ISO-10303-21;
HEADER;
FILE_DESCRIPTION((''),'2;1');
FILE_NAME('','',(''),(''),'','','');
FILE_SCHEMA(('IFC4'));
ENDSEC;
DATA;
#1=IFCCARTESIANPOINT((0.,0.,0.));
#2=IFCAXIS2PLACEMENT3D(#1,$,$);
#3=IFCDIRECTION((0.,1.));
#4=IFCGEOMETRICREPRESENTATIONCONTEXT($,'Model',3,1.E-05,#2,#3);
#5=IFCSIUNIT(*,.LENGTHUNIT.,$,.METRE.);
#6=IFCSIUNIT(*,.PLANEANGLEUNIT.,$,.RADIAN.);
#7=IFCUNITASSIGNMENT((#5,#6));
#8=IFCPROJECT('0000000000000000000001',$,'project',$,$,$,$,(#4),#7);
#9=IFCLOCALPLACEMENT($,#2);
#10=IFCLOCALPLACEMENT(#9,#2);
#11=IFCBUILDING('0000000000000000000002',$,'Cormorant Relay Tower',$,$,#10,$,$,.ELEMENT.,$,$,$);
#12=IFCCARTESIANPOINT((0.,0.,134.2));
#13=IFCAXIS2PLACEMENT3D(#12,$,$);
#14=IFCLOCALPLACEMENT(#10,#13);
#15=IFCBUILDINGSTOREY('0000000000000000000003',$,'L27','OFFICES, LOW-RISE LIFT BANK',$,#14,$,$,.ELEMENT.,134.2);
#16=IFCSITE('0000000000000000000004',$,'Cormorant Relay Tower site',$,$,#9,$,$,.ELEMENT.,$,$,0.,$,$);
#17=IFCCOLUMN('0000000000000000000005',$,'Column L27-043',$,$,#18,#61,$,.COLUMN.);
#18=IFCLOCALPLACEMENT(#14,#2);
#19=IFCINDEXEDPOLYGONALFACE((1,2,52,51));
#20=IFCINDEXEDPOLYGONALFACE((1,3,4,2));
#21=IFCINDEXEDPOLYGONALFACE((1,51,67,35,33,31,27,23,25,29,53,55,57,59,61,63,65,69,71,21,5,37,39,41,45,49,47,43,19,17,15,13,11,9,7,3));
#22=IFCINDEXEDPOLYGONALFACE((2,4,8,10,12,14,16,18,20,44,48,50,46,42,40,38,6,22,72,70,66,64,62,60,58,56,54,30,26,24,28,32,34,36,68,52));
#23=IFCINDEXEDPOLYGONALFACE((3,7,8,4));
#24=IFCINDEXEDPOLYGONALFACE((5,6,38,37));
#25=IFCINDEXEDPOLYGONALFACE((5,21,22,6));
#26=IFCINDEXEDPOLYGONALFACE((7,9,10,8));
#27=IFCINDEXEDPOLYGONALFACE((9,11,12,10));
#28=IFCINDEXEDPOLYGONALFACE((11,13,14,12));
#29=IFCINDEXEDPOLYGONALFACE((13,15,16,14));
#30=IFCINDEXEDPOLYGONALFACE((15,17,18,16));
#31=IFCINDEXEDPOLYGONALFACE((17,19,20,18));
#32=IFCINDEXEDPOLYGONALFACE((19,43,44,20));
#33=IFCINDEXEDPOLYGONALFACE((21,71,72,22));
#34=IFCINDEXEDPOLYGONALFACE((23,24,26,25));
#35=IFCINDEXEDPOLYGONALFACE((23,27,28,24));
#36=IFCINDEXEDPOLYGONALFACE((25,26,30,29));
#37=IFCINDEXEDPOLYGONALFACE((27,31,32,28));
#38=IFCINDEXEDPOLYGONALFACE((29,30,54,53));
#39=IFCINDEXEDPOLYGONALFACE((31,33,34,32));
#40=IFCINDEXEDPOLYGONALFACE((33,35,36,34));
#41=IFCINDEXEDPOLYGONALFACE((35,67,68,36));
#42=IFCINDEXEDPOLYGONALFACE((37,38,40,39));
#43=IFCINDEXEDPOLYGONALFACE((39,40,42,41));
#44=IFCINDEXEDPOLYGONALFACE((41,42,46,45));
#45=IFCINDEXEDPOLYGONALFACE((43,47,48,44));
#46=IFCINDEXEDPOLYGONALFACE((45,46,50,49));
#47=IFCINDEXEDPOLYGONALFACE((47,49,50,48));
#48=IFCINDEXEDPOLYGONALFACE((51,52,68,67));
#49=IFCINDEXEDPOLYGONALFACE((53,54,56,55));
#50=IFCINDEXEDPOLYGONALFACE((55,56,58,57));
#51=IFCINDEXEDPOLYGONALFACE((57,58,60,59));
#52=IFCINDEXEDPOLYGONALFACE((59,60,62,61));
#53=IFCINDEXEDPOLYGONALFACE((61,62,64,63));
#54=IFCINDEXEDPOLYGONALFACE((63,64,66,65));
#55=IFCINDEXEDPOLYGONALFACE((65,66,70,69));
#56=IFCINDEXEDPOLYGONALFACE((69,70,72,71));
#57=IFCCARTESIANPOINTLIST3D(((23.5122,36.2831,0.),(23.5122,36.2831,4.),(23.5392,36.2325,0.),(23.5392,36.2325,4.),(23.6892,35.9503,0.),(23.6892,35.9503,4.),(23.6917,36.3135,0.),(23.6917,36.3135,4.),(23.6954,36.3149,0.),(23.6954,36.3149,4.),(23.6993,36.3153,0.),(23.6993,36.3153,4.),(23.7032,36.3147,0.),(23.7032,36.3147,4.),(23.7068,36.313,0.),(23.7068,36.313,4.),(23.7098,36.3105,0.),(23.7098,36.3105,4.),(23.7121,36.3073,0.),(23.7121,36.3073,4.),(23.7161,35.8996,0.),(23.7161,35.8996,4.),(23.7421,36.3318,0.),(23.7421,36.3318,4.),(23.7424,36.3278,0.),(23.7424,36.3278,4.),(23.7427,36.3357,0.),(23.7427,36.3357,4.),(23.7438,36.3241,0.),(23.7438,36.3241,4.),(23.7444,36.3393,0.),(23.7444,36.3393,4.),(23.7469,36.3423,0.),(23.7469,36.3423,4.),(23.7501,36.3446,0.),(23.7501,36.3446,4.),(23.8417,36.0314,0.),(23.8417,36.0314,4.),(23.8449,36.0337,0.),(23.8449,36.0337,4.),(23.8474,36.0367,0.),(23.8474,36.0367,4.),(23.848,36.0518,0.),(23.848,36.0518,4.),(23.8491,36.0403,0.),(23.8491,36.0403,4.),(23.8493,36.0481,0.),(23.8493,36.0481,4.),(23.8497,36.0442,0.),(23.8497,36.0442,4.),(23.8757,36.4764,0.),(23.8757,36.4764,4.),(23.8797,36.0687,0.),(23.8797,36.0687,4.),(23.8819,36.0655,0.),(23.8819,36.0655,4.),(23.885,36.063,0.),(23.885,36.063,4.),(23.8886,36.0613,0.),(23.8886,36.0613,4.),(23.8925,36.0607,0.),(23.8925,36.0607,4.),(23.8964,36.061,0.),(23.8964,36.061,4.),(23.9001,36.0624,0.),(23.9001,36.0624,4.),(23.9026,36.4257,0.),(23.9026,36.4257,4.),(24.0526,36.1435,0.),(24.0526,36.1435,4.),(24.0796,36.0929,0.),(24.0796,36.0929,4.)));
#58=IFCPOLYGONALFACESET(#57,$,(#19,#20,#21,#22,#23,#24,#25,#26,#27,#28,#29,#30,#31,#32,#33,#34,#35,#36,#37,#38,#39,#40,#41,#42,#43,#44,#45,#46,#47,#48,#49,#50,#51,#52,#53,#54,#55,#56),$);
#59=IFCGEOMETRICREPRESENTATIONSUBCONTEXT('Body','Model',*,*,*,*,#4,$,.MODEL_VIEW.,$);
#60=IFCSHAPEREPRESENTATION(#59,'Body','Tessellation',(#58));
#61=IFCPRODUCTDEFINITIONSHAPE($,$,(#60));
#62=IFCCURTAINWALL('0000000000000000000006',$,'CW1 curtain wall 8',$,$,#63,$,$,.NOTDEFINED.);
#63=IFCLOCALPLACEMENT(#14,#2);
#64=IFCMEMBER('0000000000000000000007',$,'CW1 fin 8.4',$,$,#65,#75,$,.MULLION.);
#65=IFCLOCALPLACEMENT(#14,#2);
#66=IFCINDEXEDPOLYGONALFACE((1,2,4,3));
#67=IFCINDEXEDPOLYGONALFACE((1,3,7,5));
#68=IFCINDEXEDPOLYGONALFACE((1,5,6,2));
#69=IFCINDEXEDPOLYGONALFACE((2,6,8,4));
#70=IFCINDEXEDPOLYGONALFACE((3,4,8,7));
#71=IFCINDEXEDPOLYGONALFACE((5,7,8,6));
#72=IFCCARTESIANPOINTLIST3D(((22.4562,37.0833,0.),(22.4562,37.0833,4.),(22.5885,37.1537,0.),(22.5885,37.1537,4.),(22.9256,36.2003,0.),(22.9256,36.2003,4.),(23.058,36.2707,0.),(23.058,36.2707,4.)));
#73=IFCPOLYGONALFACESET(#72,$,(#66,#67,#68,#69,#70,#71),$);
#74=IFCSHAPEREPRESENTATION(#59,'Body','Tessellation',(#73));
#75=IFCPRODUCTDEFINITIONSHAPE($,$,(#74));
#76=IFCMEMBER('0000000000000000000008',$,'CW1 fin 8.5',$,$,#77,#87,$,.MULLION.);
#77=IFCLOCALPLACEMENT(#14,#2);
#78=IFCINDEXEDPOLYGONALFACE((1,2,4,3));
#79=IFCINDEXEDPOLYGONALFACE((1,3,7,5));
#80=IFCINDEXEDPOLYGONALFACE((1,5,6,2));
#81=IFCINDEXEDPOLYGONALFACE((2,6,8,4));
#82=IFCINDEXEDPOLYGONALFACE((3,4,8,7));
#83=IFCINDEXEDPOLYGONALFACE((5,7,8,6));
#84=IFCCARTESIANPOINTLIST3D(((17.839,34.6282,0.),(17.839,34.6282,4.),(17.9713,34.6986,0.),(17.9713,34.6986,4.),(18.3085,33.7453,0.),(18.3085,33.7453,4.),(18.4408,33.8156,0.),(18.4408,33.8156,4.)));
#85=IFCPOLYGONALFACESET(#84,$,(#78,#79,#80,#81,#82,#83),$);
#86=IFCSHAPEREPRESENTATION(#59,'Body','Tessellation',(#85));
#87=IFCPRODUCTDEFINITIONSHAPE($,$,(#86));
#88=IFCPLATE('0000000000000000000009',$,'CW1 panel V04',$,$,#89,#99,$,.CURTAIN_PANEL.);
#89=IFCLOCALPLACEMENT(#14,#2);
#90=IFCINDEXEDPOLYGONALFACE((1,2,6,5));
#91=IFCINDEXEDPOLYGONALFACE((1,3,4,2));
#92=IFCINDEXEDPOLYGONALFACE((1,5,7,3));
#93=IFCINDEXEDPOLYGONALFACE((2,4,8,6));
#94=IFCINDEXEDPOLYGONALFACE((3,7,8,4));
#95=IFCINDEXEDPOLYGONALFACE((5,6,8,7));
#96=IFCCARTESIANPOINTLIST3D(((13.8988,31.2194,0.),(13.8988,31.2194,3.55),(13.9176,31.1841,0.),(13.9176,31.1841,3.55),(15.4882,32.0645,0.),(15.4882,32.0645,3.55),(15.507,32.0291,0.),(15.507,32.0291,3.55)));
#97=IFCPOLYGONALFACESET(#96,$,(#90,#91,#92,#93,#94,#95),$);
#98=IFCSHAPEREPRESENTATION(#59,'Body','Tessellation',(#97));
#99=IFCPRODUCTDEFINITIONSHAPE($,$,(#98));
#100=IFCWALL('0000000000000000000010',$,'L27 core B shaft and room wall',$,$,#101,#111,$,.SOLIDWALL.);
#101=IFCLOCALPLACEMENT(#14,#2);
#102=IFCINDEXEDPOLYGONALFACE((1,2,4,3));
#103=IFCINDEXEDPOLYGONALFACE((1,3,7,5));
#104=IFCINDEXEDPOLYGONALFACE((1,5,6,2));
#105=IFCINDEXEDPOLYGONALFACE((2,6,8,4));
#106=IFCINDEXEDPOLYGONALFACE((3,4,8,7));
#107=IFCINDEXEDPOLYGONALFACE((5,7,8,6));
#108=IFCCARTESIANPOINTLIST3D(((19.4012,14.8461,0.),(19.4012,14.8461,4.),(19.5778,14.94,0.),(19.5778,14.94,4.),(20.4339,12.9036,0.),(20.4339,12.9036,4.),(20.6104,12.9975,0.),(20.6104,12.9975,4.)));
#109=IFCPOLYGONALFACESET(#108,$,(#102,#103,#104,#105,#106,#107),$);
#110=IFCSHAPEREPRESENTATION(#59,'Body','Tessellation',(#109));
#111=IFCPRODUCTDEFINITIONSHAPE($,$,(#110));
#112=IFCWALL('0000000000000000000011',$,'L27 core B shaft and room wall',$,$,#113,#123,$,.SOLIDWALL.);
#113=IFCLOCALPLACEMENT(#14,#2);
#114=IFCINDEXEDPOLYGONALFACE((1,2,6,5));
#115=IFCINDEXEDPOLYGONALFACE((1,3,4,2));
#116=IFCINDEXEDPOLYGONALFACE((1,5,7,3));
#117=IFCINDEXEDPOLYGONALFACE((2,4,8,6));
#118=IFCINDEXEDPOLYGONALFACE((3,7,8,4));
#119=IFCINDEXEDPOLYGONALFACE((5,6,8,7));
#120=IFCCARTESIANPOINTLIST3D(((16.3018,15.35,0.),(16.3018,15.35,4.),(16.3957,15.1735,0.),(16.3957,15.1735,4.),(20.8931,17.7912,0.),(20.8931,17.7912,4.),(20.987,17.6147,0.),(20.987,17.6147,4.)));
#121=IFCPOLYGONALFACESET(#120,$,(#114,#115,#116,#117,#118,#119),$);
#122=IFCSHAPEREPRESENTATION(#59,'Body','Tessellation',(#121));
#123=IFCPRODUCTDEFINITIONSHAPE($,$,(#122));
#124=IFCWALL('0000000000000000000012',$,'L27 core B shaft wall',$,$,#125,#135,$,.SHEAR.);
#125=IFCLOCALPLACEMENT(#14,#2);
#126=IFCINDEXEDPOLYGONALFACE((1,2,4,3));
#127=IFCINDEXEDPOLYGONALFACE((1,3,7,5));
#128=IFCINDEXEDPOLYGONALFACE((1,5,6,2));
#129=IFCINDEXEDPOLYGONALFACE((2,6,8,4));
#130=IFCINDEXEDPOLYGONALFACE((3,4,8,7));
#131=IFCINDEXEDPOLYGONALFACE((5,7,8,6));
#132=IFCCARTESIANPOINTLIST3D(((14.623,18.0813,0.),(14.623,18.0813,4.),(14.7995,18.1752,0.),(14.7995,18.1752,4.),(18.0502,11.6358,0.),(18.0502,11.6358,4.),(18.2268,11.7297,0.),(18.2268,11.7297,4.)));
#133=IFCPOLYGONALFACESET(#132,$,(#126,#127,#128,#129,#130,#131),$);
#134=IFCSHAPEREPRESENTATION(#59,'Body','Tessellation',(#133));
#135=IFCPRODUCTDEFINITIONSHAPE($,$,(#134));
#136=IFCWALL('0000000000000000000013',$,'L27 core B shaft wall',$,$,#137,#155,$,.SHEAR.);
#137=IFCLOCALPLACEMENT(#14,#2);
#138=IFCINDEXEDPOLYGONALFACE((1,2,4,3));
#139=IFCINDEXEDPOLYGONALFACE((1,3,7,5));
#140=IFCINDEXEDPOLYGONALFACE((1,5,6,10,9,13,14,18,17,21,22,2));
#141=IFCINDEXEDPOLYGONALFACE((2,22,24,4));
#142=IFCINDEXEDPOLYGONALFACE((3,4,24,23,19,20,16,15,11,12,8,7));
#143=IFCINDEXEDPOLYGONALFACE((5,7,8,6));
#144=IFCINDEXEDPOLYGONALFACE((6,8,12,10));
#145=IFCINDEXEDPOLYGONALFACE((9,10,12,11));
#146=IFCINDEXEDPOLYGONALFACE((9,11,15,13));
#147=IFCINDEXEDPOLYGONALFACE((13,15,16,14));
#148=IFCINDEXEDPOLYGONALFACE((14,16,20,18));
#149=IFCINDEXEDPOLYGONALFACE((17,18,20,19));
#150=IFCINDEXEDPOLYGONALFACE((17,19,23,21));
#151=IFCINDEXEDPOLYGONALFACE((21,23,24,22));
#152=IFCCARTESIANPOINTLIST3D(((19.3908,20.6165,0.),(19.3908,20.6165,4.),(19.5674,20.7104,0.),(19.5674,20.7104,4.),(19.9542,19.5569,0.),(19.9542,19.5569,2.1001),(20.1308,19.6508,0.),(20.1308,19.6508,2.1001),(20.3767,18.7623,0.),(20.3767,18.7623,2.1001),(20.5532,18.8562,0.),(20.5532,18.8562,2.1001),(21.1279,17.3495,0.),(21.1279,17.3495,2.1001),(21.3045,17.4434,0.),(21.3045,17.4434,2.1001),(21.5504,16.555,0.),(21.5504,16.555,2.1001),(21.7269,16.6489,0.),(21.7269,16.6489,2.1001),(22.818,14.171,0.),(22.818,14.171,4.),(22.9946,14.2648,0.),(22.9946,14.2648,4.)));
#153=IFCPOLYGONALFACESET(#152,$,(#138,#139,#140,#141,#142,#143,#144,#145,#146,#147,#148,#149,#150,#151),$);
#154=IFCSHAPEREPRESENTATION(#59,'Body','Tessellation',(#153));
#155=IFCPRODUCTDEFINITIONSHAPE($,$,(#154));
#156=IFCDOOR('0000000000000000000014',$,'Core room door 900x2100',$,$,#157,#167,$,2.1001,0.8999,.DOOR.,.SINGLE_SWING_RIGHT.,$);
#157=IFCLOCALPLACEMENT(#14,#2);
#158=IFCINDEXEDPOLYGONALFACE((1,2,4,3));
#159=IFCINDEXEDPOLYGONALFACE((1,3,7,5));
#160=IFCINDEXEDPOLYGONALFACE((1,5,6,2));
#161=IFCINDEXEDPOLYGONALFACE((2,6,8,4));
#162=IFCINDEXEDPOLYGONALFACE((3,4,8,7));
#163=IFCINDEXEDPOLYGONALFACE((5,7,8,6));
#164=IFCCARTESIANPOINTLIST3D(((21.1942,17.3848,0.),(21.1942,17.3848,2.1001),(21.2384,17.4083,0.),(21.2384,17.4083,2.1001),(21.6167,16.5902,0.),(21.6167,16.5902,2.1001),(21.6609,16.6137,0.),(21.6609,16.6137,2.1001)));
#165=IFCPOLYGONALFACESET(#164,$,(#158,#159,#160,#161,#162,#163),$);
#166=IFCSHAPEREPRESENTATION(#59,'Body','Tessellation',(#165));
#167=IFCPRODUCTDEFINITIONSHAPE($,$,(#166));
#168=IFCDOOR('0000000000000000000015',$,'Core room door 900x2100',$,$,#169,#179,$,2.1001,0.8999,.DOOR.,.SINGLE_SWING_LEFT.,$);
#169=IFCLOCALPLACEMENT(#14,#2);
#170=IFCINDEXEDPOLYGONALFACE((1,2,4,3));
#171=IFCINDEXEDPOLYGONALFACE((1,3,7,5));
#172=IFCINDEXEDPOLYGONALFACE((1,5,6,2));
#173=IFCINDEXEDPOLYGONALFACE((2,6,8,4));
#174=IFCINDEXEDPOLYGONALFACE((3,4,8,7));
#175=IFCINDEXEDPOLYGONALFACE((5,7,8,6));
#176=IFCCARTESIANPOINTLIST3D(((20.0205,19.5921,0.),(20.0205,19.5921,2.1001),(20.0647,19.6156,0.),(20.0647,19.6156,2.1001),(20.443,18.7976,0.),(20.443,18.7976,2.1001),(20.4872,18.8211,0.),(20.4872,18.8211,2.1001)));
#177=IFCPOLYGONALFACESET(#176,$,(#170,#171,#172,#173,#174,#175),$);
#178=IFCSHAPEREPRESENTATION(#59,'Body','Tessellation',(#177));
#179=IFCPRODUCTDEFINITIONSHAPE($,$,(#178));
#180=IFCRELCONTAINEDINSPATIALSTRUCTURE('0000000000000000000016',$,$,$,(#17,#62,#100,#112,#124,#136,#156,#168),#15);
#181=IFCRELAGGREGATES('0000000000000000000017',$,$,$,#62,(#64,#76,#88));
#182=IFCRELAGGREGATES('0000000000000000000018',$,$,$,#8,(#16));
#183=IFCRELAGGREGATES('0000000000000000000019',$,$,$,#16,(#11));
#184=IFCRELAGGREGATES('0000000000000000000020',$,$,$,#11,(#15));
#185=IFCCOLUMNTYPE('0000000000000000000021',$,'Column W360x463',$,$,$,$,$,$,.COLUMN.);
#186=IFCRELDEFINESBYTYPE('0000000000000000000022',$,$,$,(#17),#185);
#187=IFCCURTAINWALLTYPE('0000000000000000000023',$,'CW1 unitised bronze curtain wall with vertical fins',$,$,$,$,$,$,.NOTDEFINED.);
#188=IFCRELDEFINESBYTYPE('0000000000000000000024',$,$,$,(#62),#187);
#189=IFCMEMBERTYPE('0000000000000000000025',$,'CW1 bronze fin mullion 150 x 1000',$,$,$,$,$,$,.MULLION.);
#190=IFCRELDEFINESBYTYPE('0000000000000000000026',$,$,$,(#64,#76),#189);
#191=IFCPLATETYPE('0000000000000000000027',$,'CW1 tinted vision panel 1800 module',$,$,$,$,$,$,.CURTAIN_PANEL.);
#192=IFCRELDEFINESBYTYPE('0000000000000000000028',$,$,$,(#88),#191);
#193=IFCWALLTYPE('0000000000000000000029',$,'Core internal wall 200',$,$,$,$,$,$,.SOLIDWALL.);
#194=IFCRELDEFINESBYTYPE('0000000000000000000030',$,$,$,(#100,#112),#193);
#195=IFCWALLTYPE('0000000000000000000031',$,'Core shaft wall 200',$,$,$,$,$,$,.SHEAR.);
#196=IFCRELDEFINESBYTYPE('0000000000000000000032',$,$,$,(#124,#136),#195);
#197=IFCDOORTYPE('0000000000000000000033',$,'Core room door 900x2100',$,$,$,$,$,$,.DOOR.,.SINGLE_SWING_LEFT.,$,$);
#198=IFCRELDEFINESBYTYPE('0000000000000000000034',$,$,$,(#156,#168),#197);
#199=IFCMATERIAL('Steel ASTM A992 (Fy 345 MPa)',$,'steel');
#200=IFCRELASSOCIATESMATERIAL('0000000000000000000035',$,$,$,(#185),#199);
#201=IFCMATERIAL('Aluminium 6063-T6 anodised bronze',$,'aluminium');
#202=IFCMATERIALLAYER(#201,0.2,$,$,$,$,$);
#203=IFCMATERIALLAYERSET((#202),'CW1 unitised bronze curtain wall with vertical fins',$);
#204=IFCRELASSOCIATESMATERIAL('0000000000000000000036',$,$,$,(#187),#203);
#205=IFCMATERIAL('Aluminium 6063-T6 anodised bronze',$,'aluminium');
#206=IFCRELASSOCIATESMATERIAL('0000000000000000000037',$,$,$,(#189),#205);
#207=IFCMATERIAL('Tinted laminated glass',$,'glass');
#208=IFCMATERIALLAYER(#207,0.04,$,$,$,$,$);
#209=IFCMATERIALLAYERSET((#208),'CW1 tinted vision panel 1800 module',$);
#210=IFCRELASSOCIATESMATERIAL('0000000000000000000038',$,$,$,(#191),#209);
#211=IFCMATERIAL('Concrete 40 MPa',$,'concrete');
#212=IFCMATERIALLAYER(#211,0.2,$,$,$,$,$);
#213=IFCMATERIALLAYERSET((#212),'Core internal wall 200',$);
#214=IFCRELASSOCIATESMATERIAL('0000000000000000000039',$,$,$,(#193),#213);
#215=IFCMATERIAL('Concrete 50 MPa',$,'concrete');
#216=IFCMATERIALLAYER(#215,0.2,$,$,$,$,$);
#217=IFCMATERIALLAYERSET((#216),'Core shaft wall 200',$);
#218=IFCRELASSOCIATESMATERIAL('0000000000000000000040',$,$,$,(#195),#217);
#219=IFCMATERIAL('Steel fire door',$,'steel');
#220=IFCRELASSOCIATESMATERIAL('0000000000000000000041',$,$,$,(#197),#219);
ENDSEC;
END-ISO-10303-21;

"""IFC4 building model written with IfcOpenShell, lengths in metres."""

from ifc_helpers import new_model, si_unit, direction, frame, frame_2d, origin, origin_2d, place, context, subcontext, project, spatial, rectangle, i_section, extrude, material, layer, layer_set, material_profile, profile_set, type_object, element, fill, aggregate, save


model = new_model("IFC4")

# Units and contexts
model_context = context("Model", 3, precision=1e-05, world=origin(), true_north=direction((0.0, 1.0)))
body_context = subcontext(model_context, "Body", "Model", "MODEL_VIEW")
ifc_project = project(units=[si_unit("LENGTHUNIT", "METRE"), si_unit("PLANEANGLEUNIT", "RADIAN")], contexts=[model_context])

# Site, building, storey
site_placement = place(None, origin())
site = spatial("IfcSite", under=ifc_project, at=site_placement, Name="Cormorant Relay Tower site", CompositionType="ELEMENT", RefElevation=0.0)
building_placement = place(site_placement, origin())
building = spatial("IfcBuilding", under=site, at=building_placement, Name="Cormorant Relay Tower", CompositionType="ELEMENT")
storey_placement = place(building_placement, frame((0.0, 0.0, 134.2)))
storey = spatial("IfcBuildingStorey", under=building, at=storey_placement, Name="L27", Description="OFFICES, LOW-RISE LIFT BANK", CompositionType="ELEMENT", Elevation=134.2)

# Column
ifc_material_1 = material(Name="Steel ASTM A992 (Fy 345 MPa)", Category="steel")
ifc_material_profile_1 = material_profile(ifc_material_1, i_section(OverallWidth=0.4116, OverallDepth=0.4343, WebThickness=0.0359, FlangeThickness=0.0574, FilletRadius=0.0151, at=origin_2d()), Name="W360x463")
ifc_profile_set_1 = profile_set([ifc_material_profile_1], Name="Steel ASTM A992 (Fy 345 MPa)")
column_type = type_object("IfcColumnType", Name="Column W360x463", PredefinedType="COLUMN", material=ifc_profile_set_1)
column_placement = place(storey_placement, frame((23.7959, 36.188, 0.0), z_axis=(0.0, 0.0, 1.0), x_axis=(-0.882948, -0.469472, 0.0)))
element("IfcColumn", 1, at=column_placement, inside=storey, type_object=column_type, Name="Column L27-043", PredefinedType="COLUMN", context=body_context, shape_type="SweptSolid", body=[
    extrude(i_section(OverallWidth=0.4116, OverallDepth=0.4343, WebThickness=0.0359, FlangeThickness=0.0574, FilletRadius=0.0151, at=origin_2d()), origin(), (0.0, 0.0, 1.0), 4.0),
])

# Curtain wall, members, plate
ifc_material_2 = material(Name="Aluminium 6063-T6 anodised bronze", Category="aluminium")
ifc_layer_1 = layer(ifc_material_2, 0.2)
ifc_layer_set_1 = layer_set([ifc_layer_1], Name="CW1 unitised bronze curtain wall with vertical fins")
curtain_wall_type = type_object("IfcCurtainWallType", Name="CW1 unitised bronze curtain wall with vertical fins", PredefinedType="NOTDEFINED", material=ifc_layer_set_1)
curtain_wall_placement = place(storey_placement, origin())
curtain_wall = element("IfcCurtainWall", 2, at=curtain_wall_placement, inside=storey, type_object=curtain_wall_type, Name="CW1 curtain wall 8", PredefinedType="NOTDEFINED")
ifc_material_3 = material(Name="Aluminium 6063-T6 anodised bronze", Category="aluminium")
ifc_material_profile_2 = material_profile(ifc_material_3, rectangle(XDim=0.1499, YDim=1.0, at=origin_2d()), Name="AL 150x1000")
ifc_profile_set_2 = profile_set([ifc_material_profile_2], Name="Aluminium 6063-T6 anodised bronze")
member_type = type_object("IfcMemberType", Name="CW1 bronze fin mullion 150 x 1000", PredefinedType="MULLION", material=ifc_profile_set_2)
member_1_placement = place(storey_placement, frame((22.7571, 36.677, 0.0), z_axis=(0.0, 0.0, 1.0), x_axis=(-0.882948, -0.469472, 0.0)))
member_1 = element("IfcMember", 3, at=member_1_placement, type_object=member_type, Name="CW1 fin 8.4", PredefinedType="MULLION", context=body_context, shape_type="SweptSolid", body=[
    extrude(rectangle(XDim=0.1499, YDim=1.0, at=origin_2d()), origin(), (0.0, 0.0, 1.0), 4.0),
])
member_2_placement = place(storey_placement, frame((18.1399, 34.2219, 0.0), z_axis=(0.0, 0.0, 1.0), x_axis=(-0.882948, -0.469472, 0.0)))
member_2 = element("IfcMember", 4, at=member_2_placement, type_object=member_type, Name="CW1 fin 8.5", PredefinedType="MULLION", context=body_context, shape_type="SweptSolid", body=[
    extrude(rectangle(XDim=0.1499, YDim=1.0, at=origin_2d()), origin(), (0.0, 0.0, 1.0), 4.0),
])
ifc_material_4 = material(Name="Tinted laminated glass", Category="glass")
ifc_layer_2 = layer(ifc_material_4, 0.04)
ifc_layer_set_2 = layer_set([ifc_layer_2], Name="CW1 tinted vision panel 1800 module")
plate_type = type_object("IfcPlateType", Name="CW1 tinted vision panel 1800 module", PredefinedType="CURTAIN_PANEL", material=ifc_layer_set_2)
plate_placement = place(storey_placement, frame((14.7029, 31.6243, 0.0), z_axis=(0.0, 0.0, 1.0), x_axis=(-0.882948, -0.469472, 0.0)))
plate = element("IfcPlate", 5, at=plate_placement, type_object=plate_type, Name="CW1 panel V04", PredefinedType="CURTAIN_PANEL", context=body_context, shape_type="SweptSolid", body=[
    extrude(rectangle(XDim=1.8, YDim=0.04, at=origin_2d()), origin(), (0.0, 0.0, 1.0), 3.55),
])

# Walls
ifc_material_5 = material(Name="Concrete 40 MPa", Category="concrete")
ifc_layer_3 = layer(ifc_material_5, 0.2)
ifc_layer_set_3 = layer_set([ifc_layer_3], Name="Core internal wall 200")
wall_type_1 = type_object("IfcWallType", Name="Core internal wall 200", PredefinedType="SOLIDWALL", material=ifc_layer_set_3)
wall_1_placement = place(storey_placement, frame((20.5222, 12.9504, 0.0), z_axis=(0.0, 0.0, 1.0), x_axis=(-0.469401, 0.882985, 0.0)))
element("IfcWall", 6, at=wall_1_placement, inside=storey, type_object=wall_type_1, Name="L27 core B shaft and room wall", PredefinedType="SOLIDWALL", context=body_context, shape_type="SweptSolid", body=[
    extrude(rectangle(XDim=2.2, YDim=0.2, at=frame_2d((1.1001, 0.0))), origin(), (0.0, 0.0, 1.0), 4.0),
])
wall_2_placement = place(storey_placement, frame((16.3486, 15.2617, 0.0), z_axis=(0.0, 0.0, 1.0), x_axis=(0.882954, 0.46946, 0.0)))
element("IfcWall", 7, at=wall_2_placement, inside=storey, type_object=wall_type_1, Name="L27 core B shaft and room wall", PredefinedType="SOLIDWALL", context=body_context, shape_type="SweptSolid", body=[
    extrude(rectangle(XDim=5.2, YDim=0.2, at=frame_2d((2.6001, 0.0))), origin(), (0.0, 0.0, 1.0), 4.0),
])
ifc_material_6 = material(Name="Concrete 50 MPa", Category="concrete")
ifc_layer_4 = layer(ifc_material_6, 0.2)
ifc_layer_set_4 = layer_set([ifc_layer_4], Name="Core shaft wall 200")
wall_type_2 = type_object("IfcWallType", Name="Core shaft wall 200", PredefinedType="SHEAR", material=ifc_layer_set_4)
wall_3_placement = place(storey_placement, frame((18.1384, 11.6829, 0.0), z_axis=(0.0, 0.0, 1.0), x_axis=(-0.46948, 0.882943, 0.0)))
element("IfcWall", 8, at=wall_3_placement, inside=storey, type_object=wall_type_2, Name="L27 core B shaft wall", PredefinedType="SHEAR", context=body_context, shape_type="SweptSolid", body=[
    extrude(rectangle(XDim=7.3, YDim=0.2, at=frame_2d((3.6499, 0.0))), origin(), (0.0, 0.0, 1.0), 4.0),
])

# Wall, openings, doors
wall_4_placement = place(storey_placement, frame((22.9062, 14.218, 0.0), z_axis=(0.0, 0.0, 1.0), x_axis=(-0.46948, 0.882943, 0.0)))
wall_4 = element("IfcWall", 9, at=wall_4_placement, inside=storey, type_object=wall_type_2, Name="L27 core B shaft wall", PredefinedType="SHEAR", context=body_context, shape_type="SweptSolid", body=[
    extrude(rectangle(XDim=7.3, YDim=0.2, at=frame_2d((3.6499, 0.0))), origin(), (0.0, 0.0, 1.0), 4.0),
])
opening_1_placement = place(wall_4_placement, frame((2.7, 0.0, 0.0)))
opening_1 = element("IfcOpeningElement", 10, at=opening_1_placement, cuts=wall_4, PredefinedType="OPENING", context=body_context, shape_type="SweptSolid", body=[
    extrude(rectangle(XDim=0.8999, YDim=2.1001, at=frame_2d((0.45, 1.05))), frame((0.0, 0.1099, 0.0), z_axis=(0.0, -1.0, 0.0), x_axis=(1.0, 0.0, 0.0)), (0.0, 0.0, 1.0), 0.22),
])
opening_2_placement = place(wall_4_placement, frame((5.2, 0.0, 0.0)))
opening_2 = element("IfcOpeningElement", 11, at=opening_2_placement, cuts=wall_4, PredefinedType="OPENING", context=body_context, shape_type="SweptSolid", body=[
    extrude(rectangle(XDim=0.8999, YDim=2.1001, at=frame_2d((0.45, 1.05))), frame((0.0, 0.1099, 0.0), z_axis=(0.0, -1.0, 0.0), x_axis=(1.0, 0.0, 0.0)), (0.0, 0.0, 1.0), 0.22),
])
ifc_material_7 = material(Name="Steel fire door", Category="steel")
door_type_1 = type_object("IfcDoorType", Name="Core room door 900x2100", OperationType="SINGLE_SWING_LEFT", PredefinedType="DOOR", material=ifc_material_7)
door_1_placement = place(opening_1_placement, origin())
door_1 = element("IfcDoor", 12, at=door_1_placement, inside=storey, type_object=door_type_1, Name="Core room door 900x2100", OperationType="SINGLE_SWING_RIGHT", OverallHeight=2.1001, OverallWidth=0.8999, PredefinedType="DOOR", context=body_context, shape_type="SweptSolid", body=[
    extrude(rectangle(XDim=0.8999, YDim=2.1001, at=frame_2d((0.45, 1.05))), frame((0.0, 0.0249, 0.0), z_axis=(0.0, -1.0, 0.0), x_axis=(1.0, 0.0, 0.0)), (0.0, 0.0, 1.0), 0.05),
])
fill(opening_1, door_1)
door_2_placement = place(opening_2_placement, origin())
door_2 = element("IfcDoor", 13, at=door_2_placement, inside=storey, type_object=door_type_1, Name="Core room door 900x2100", OperationType="SINGLE_SWING_LEFT", OverallHeight=2.1001, OverallWidth=0.8999, PredefinedType="DOOR", context=body_context, shape_type="SweptSolid", body=[
    extrude(rectangle(XDim=0.8999, YDim=2.1001, at=frame_2d((0.45, 1.05))), frame((0.0, 0.0249, 0.0), z_axis=(0.0, -1.0, 0.0), x_axis=(1.0, 0.0, 0.0)), (0.0, 0.0, 1.0), 0.05),
])
fill(opening_2, door_2)

aggregate(curtain_wall, [member_1, member_2, plate])

save(model, "model.ifc")
